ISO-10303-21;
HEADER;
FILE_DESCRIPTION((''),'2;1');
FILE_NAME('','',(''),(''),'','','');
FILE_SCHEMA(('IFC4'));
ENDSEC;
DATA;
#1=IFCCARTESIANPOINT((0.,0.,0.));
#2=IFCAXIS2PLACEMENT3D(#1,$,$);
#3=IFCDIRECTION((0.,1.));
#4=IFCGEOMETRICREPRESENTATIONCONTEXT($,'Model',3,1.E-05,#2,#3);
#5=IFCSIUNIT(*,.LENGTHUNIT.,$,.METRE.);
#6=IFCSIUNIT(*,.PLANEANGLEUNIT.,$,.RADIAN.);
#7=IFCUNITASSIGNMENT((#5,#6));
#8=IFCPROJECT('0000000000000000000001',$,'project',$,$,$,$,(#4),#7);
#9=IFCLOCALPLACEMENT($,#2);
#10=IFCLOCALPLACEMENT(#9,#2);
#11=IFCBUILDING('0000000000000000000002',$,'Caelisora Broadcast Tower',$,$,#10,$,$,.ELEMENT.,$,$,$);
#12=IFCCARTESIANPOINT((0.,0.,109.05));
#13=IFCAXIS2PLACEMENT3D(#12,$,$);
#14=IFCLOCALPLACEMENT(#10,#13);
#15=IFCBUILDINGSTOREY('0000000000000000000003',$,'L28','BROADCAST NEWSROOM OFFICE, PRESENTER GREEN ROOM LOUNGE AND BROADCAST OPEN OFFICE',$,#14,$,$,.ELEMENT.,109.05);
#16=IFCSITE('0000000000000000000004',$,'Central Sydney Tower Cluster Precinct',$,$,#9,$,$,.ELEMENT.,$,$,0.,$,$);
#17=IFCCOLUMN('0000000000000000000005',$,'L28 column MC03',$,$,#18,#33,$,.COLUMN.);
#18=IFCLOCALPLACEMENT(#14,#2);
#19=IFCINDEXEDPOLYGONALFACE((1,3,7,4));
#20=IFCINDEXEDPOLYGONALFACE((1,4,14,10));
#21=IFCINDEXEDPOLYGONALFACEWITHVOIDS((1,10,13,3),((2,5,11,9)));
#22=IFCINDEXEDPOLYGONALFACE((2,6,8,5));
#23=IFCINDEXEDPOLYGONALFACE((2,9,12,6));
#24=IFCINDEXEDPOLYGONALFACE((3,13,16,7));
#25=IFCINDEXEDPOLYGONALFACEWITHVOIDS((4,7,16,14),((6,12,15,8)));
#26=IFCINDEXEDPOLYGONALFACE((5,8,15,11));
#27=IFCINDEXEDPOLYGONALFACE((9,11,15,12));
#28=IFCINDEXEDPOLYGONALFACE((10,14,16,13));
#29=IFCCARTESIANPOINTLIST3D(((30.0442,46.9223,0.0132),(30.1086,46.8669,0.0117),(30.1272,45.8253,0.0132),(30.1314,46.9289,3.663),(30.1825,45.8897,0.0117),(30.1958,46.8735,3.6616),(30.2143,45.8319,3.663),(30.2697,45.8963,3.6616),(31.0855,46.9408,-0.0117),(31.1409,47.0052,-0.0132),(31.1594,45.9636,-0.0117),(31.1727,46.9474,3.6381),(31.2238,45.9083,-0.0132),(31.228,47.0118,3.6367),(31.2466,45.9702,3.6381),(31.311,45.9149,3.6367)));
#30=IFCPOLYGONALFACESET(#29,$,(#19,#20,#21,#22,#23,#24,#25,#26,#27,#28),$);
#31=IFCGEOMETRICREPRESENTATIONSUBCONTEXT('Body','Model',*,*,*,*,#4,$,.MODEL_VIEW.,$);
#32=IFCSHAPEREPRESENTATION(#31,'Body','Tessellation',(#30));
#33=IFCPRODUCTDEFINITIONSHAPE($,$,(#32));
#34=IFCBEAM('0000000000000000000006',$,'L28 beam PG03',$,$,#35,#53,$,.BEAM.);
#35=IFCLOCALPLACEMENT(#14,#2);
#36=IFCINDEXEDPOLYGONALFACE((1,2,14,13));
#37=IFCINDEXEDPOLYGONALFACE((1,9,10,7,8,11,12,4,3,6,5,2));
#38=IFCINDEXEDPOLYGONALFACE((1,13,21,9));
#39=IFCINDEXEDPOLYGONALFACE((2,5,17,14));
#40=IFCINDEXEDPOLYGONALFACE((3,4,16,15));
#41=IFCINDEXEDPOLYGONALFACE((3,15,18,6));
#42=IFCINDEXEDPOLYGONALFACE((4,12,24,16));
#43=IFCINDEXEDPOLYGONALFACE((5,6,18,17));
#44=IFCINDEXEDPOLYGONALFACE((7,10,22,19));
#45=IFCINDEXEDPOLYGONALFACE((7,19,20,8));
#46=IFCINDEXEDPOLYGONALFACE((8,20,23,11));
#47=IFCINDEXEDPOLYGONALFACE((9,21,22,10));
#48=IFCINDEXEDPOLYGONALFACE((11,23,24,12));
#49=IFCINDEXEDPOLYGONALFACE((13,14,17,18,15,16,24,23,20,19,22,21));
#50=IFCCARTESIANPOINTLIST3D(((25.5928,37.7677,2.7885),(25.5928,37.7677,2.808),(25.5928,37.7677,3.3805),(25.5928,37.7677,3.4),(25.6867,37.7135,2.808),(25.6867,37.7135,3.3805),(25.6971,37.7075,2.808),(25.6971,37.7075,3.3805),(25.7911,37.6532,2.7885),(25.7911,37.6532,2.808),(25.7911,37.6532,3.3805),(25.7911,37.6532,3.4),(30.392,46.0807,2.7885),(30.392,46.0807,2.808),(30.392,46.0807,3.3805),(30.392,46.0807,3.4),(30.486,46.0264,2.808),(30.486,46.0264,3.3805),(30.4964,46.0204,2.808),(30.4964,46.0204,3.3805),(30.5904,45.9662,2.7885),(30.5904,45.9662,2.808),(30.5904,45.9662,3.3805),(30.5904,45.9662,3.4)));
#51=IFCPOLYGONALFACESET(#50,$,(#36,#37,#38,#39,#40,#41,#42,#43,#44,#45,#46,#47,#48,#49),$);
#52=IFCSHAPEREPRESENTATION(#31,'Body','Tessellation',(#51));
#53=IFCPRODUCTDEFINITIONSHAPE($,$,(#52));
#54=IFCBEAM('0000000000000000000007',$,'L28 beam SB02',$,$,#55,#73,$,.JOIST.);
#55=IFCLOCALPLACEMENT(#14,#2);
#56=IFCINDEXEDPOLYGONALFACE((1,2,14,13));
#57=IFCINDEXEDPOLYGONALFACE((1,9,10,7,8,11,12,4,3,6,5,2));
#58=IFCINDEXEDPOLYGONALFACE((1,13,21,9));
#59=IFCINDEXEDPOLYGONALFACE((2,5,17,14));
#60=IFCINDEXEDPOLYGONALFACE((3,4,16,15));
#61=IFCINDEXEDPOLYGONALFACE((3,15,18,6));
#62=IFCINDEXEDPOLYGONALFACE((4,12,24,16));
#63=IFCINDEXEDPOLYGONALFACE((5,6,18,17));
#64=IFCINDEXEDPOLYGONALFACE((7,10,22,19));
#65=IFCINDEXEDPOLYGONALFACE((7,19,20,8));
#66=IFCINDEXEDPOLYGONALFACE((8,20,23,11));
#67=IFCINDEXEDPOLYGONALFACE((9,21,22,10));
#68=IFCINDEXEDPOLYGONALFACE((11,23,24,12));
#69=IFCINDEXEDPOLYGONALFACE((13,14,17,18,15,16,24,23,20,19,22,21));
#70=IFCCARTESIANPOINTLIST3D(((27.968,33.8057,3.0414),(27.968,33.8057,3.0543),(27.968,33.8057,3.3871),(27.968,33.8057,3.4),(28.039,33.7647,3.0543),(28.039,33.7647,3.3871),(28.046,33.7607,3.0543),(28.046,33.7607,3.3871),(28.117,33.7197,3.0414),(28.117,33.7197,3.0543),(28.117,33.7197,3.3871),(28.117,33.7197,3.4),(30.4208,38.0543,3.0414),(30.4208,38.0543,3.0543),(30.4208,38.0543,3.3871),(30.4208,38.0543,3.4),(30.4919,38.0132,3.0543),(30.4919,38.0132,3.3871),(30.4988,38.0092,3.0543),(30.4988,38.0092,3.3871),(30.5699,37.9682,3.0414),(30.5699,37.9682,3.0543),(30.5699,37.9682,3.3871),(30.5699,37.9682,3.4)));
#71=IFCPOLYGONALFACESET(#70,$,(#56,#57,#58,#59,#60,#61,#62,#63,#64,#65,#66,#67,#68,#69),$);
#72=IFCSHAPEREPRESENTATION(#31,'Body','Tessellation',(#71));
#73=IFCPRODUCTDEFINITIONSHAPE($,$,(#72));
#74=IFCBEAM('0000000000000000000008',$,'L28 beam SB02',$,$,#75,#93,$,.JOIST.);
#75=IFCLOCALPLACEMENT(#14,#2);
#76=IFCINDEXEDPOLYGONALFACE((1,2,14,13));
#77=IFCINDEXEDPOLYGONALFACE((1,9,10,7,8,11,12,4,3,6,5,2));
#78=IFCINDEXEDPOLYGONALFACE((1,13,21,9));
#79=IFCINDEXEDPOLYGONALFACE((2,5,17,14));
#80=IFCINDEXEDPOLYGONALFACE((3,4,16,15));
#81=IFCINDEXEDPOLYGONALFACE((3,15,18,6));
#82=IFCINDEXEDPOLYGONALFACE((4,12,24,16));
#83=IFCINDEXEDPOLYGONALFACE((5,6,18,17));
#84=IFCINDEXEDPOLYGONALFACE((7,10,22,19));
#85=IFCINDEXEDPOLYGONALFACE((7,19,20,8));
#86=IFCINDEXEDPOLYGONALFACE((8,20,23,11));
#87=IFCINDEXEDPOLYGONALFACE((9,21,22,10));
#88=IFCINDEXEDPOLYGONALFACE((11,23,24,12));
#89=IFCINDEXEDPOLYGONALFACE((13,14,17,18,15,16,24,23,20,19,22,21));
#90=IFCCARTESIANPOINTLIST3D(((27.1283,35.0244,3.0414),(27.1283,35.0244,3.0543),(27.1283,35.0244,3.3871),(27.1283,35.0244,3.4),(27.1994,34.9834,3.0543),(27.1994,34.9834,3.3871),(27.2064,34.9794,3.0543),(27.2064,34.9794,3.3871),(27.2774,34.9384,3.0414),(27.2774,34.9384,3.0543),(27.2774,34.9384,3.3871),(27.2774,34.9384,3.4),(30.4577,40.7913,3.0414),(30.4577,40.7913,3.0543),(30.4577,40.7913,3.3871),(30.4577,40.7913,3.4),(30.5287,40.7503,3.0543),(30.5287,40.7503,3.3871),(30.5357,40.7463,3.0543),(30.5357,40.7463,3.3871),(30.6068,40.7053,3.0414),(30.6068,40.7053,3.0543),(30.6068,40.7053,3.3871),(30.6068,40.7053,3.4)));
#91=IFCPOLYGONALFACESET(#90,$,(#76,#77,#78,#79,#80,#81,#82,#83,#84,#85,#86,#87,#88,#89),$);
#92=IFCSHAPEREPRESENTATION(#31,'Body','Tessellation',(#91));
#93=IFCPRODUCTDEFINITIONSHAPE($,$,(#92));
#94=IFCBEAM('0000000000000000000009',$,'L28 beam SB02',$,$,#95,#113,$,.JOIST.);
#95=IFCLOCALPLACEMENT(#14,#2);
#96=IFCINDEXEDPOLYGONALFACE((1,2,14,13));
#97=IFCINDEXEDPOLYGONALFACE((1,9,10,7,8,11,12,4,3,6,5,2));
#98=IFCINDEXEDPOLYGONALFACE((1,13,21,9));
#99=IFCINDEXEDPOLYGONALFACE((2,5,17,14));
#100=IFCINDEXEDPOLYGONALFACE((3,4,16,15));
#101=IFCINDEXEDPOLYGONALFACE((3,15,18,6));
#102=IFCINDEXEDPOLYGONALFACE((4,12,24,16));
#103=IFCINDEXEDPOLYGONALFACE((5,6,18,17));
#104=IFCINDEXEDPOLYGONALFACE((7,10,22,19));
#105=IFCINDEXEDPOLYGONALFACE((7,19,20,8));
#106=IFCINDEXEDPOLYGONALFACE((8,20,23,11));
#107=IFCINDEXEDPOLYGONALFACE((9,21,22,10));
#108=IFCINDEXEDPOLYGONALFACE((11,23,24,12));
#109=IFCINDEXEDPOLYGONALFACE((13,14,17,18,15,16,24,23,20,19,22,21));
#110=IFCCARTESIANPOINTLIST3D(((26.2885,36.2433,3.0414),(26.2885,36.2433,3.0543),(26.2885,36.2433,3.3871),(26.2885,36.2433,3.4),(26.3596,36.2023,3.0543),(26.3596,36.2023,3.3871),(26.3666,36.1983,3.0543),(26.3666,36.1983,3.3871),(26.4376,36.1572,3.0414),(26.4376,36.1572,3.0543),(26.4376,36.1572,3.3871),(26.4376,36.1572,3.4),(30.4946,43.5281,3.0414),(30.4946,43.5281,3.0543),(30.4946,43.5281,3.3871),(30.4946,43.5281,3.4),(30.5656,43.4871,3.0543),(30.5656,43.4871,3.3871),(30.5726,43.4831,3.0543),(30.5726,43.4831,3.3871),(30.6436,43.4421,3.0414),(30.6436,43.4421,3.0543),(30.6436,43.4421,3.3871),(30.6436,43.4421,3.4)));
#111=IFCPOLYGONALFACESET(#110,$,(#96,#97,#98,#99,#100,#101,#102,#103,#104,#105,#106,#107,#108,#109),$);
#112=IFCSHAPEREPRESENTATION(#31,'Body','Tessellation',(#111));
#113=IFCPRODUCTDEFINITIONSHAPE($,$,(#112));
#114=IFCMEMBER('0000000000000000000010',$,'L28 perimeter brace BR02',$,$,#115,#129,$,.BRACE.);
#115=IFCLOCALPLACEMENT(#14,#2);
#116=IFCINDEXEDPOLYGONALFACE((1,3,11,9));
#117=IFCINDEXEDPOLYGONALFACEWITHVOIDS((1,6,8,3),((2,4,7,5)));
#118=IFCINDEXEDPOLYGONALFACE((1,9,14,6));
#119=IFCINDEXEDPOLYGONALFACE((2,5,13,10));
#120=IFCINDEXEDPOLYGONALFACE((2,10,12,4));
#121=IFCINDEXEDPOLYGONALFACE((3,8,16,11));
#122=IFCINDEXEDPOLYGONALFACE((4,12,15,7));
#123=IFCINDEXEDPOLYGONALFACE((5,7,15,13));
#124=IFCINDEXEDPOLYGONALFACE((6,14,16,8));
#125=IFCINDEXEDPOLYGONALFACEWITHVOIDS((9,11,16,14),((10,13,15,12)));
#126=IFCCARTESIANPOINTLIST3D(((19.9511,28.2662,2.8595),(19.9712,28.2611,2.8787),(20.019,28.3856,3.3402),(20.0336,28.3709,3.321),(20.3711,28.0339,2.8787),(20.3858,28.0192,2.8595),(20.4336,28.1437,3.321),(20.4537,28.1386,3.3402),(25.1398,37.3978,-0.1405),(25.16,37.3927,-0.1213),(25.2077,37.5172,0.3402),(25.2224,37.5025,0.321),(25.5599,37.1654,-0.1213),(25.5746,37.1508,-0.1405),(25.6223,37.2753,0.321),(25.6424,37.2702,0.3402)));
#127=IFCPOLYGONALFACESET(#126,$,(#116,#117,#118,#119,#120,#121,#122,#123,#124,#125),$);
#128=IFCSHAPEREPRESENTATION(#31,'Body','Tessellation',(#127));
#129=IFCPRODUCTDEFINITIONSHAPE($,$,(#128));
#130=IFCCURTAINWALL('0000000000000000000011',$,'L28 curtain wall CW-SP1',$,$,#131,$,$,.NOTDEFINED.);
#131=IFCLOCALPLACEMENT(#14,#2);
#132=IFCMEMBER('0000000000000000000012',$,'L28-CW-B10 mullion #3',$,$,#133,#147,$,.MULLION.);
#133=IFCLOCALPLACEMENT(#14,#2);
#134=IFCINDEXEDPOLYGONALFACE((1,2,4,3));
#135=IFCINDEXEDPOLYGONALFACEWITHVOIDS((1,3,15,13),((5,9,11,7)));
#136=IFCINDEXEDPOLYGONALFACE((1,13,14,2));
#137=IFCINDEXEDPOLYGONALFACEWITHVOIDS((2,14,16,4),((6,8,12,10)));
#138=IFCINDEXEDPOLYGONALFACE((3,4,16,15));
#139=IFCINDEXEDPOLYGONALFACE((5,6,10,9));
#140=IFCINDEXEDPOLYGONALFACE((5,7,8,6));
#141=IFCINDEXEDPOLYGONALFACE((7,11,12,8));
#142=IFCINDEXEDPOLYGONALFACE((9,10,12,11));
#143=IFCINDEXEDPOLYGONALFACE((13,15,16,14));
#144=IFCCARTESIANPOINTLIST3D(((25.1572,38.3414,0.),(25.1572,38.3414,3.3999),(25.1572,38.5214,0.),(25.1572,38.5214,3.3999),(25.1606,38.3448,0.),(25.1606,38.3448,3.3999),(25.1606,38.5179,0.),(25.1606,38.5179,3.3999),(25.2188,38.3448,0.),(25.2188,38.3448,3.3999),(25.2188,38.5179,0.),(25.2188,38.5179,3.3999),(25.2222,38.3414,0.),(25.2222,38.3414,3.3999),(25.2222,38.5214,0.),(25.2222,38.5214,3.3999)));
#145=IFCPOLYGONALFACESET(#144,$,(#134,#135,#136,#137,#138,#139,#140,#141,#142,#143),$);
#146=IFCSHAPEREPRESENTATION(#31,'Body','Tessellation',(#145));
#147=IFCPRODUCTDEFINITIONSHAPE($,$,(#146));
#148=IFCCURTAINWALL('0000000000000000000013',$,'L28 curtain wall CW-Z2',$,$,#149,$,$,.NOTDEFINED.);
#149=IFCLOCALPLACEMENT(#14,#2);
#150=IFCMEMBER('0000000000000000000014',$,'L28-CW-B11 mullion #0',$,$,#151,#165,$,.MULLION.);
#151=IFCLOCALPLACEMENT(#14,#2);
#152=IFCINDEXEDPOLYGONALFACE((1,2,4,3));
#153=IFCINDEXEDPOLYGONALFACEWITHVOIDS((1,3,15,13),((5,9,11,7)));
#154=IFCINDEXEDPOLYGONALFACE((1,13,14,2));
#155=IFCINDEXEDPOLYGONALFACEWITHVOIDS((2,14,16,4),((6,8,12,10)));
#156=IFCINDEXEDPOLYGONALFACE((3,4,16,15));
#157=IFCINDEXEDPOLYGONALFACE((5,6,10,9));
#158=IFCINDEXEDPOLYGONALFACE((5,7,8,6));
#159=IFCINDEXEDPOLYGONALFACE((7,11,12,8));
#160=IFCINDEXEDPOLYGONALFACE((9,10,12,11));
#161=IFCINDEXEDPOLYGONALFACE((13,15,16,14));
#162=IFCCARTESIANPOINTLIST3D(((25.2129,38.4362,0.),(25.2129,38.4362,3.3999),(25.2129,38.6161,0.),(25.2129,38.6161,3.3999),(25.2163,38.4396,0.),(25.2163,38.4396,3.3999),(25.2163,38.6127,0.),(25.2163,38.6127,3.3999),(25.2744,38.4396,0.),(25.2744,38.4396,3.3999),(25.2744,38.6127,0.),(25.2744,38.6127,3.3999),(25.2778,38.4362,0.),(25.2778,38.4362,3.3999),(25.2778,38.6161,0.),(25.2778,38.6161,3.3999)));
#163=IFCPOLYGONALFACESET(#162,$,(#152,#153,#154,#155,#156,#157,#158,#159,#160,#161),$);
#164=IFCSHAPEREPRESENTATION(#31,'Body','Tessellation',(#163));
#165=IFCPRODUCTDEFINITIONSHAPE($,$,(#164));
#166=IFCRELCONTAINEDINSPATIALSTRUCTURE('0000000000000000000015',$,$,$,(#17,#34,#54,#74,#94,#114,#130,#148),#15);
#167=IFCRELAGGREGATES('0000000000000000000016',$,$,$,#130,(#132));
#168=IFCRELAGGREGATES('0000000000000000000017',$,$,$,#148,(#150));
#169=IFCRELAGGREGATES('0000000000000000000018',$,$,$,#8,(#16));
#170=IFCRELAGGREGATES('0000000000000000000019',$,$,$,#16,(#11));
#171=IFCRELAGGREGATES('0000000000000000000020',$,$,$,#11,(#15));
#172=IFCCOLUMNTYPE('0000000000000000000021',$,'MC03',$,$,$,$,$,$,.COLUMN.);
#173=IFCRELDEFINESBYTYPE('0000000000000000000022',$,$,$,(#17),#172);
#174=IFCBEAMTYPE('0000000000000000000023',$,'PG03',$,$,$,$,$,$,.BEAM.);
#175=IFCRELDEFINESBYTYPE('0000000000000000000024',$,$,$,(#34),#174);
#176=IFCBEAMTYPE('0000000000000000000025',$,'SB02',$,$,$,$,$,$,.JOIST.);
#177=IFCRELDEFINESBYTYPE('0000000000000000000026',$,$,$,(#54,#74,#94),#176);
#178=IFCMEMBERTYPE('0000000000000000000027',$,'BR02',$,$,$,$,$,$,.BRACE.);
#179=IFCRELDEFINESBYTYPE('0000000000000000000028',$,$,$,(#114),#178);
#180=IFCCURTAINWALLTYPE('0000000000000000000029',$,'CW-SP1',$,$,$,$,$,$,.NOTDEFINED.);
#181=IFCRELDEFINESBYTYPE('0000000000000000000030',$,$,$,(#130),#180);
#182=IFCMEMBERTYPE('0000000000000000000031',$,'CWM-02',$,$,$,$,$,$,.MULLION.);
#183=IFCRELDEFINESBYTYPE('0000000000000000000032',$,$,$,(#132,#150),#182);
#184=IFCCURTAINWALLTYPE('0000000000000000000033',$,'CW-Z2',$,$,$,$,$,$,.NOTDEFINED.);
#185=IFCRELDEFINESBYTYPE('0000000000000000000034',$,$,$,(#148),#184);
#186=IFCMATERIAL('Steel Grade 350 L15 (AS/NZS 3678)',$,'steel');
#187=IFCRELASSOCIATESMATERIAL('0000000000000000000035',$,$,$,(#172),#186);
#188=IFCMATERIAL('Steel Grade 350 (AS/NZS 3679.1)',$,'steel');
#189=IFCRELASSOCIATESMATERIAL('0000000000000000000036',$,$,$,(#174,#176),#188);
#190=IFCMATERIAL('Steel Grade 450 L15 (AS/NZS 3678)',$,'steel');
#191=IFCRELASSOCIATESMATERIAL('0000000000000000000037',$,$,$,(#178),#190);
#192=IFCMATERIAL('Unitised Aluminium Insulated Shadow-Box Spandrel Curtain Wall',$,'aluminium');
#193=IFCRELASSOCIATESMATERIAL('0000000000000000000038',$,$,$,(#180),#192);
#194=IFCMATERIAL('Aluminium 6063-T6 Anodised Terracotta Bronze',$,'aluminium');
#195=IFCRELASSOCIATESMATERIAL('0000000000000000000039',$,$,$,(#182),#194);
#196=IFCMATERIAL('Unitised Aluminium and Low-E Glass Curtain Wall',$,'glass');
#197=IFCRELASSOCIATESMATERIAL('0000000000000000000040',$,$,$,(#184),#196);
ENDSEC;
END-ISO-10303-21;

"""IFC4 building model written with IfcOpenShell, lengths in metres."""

from ifc_helpers import new_model, si_unit, direction, frame, origin, origin_2d, place, context, subcontext, project, spatial, hollow_rectangle, i_section, extrude, source, transform, mapped, material, material_profile, profile_set, type_object, type_shapes, element, aggregate, save


model = new_model("IFC4")

# Units and contexts
model_context = context("Model", 3, precision=1e-05, world=origin(), true_north=direction((0.0, 1.0)))
body_context = subcontext(model_context, "Body", "Model", "MODEL_VIEW")
ifc_project = project(units=[si_unit("LENGTHUNIT", "METRE"), si_unit("PLANEANGLEUNIT", "RADIAN")], contexts=[model_context])

# Site, building, storey
site_placement = place(None, origin())
site = spatial("IfcSite", under=ifc_project, at=site_placement, Name="Central Sydney Tower Cluster Precinct", CompositionType="ELEMENT", RefElevation=0.0)
building_placement = place(site_placement, origin())
building = spatial("IfcBuilding", under=site, at=building_placement, Name="Caelisora Broadcast Tower", CompositionType="ELEMENT")
storey_placement = place(building_placement, frame((0.0, 0.0, 109.05)))
storey = spatial("IfcBuildingStorey", under=building, at=storey_placement, Name="L28", Description="BROADCAST NEWSROOM OFFICE, PRESENTER GREEN ROOM LOUNGE AND BROADCAST OPEN OFFICE", CompositionType="ELEMENT", Elevation=109.05)

# Column
ifc_material_1 = material(Name="Steel Grade 350 L15 (AS/NZS 3678)", Category="steel")
ifc_material_profile_1 = material_profile(ifc_material_1, hollow_rectangle(XDim=1.1001, YDim=1.1001, WallThickness=0.0601, at=origin_2d()), Name="Steel Grade 350 L15 (AS/NZS 3678)")
ifc_profile_set_1 = profile_set([ifc_material_profile_1], Name="Steel Grade 350 L15 (AS/NZS 3678)")
column_type = type_object("IfcColumnType", Name="MC03", PredefinedType="COLUMN", material=ifc_profile_set_1)
shared_shape_1 = source(origin(), body_context, "Body", "SweptSolid", [
    extrude(hollow_rectangle(XDim=1.1001, YDim=1.1001, WallThickness=0.0601, at=origin_2d()), origin(), (0.0, 0.0, 1.0), 3.6509),
])
type_shapes(column_type, [shared_shape_1])
column_placement = place(storey_placement, frame((30.634, 46.4153, 0.0), z_axis=(0.023873, 0.001806, 0.999713), x_axis=(-0.075415, 0.997152, 0.0)))
element("IfcColumn", 1, at=column_placement, inside=storey, type_object=column_type, Name="L28 column MC03", PredefinedType="COLUMN", context=body_context, shape_type="MappedRepresentation", body=[
    mapped(shared_shape_1, transform((0.0, 0.0, 0.0), scale=1.0)),
])

# Beams
ifc_material_2 = material(Name="Steel Grade 350 (AS/NZS 3679.1)", Category="steel")
ifc_material_profile_2 = material_profile(ifc_material_2, i_section(OverallWidth=0.229, OverallDepth=0.6116, WebThickness=0.012, FlangeThickness=0.0195, at=origin_2d()), Name="Steel Grade 350 (AS/NZS 3679.1)")
ifc_profile_set_2 = profile_set([ifc_material_profile_2], Name="Steel Grade 350 (AS/NZS 3679.1)")
beam_type_1 = type_object("IfcBeamType", Name="PG03", PredefinedType="BEAM", material=ifc_profile_set_2)
shared_shape_2 = source(origin(), body_context, "Body", "SweptSolid", [
    extrude(i_section(OverallWidth=0.229, OverallDepth=0.6116, WebThickness=0.012, FlangeThickness=0.0195, at=origin_2d()), origin(), (0.0, 0.0, 1.0), 9.5989),
])
type_shapes(beam_type_1, [shared_shape_2])
beam_1_placement = place(storey_placement, frame((30.4912, 46.0234, 3.0942), z_axis=(-0.499985, -0.866034, 0.0), x_axis=(0.866034, -0.499985, 0.0)))
element("IfcBeam", 2, at=beam_1_placement, inside=storey, type_object=beam_type_1, Name="L28 beam PG03", PredefinedType="BEAM", context=body_context, shape_type="MappedRepresentation", body=[
    mapped(shared_shape_2, transform((0.0, 0.0, 0.0), scale=1.0)),
])
ifc_material_profile_3 = material_profile(ifc_material_2, i_section(OverallWidth=0.1721, OverallDepth=0.3586, WebThickness=0.0081, FlangeThickness=0.0129, at=origin_2d()), Name="Steel Grade 350 (AS/NZS 3679.1)")
ifc_profile_set_3 = profile_set([ifc_material_profile_3], Name="Steel Grade 350 (AS/NZS 3679.1)")
beam_type_2 = type_object("IfcBeamType", Name="SB02", PredefinedType="JOIST", material=ifc_profile_set_3)
shared_shape_3 = source(origin(), body_context, "Body", "SweptSolid", [
    extrude(i_section(OverallWidth=0.1721, OverallDepth=0.3586, WebThickness=0.0081, FlangeThickness=0.0129, at=origin_2d()), origin(), (0.0, 0.0, 1.0), 4.9058),
])
beam_2_placement = place(storey_placement, frame((30.4954, 38.0112, 3.2207), z_axis=(-0.499998, -0.866026, 0.0), x_axis=(0.866026, -0.499998, 0.0)))
element("IfcBeam", 3, at=beam_2_placement, inside=storey, type_object=beam_type_2, Name="L28 beam SB02", PredefinedType="JOIST", context=body_context, shape_type="MappedRepresentation", body=[
    mapped(shared_shape_3, transform((0.0, 0.0, 0.0), scale=1.0)),
])
shared_shape_4 = source(origin(), body_context, "Body", "SweptSolid", [
    extrude(i_section(OverallWidth=0.1721, OverallDepth=0.3586, WebThickness=0.0081, FlangeThickness=0.0129, at=origin_2d()), origin(), (0.0, 0.0, 1.0), 6.6589),
])
beam_3_placement = place(storey_placement, frame((30.5322, 40.7483, 3.2207), z_axis=(-0.499984, -0.866035, 0.0), x_axis=(0.866035, -0.499984, 0.0)))
element("IfcBeam", 4, at=beam_3_placement, inside=storey, type_object=beam_type_2, Name="L28 beam SB02", PredefinedType="JOIST", context=body_context, shape_type="MappedRepresentation", body=[
    mapped(shared_shape_4, transform((0.0, 0.0, 0.0), scale=1.0)),
])
shared_shape_5 = source(origin(), body_context, "Body", "SweptSolid", [
    extrude(i_section(OverallWidth=0.1721, OverallDepth=0.3586, WebThickness=0.0081, FlangeThickness=0.0129, at=origin_2d()), origin(), (0.0, 0.0, 1.0), 8.4119),
])
type_shapes(beam_type_2, [shared_shape_3, shared_shape_4, shared_shape_5])
beam_4_placement = place(storey_placement, frame((30.5691, 43.4851, 3.2207), z_axis=(-0.50001, -0.86602, 0.0), x_axis=(0.86602, -0.50001, 0.0)))
element("IfcBeam", 5, at=beam_4_placement, inside=storey, type_object=beam_type_2, Name="L28 beam SB02", PredefinedType="JOIST", context=body_context, shape_type="MappedRepresentation", body=[
    mapped(shared_shape_5, transform((0.0, 0.0, 0.0), scale=1.0)),
])

# Member
ifc_material_3 = material(Name="Steel Grade 450 L15 (AS/NZS 3678)", Category="steel")
ifc_material_profile_4 = material_profile(ifc_material_3, hollow_rectangle(XDim=0.5, YDim=0.5, WallThickness=0.02, at=origin_2d()), Name="Steel Grade 450 L15 (AS/NZS 3678)")
ifc_profile_set_4 = profile_set([ifc_material_profile_4], Name="Steel Grade 450 L15 (AS/NZS 3678)")
member_type_1 = type_object("IfcMemberType", Name="BR02", PredefinedType="BRACE", material=ifc_profile_set_4)
shared_shape_6 = source(origin(), body_context, "Body", "SweptSolid", [
    extrude(hollow_rectangle(XDim=0.5, YDim=0.5, WallThickness=0.02, at=origin_2d()), origin(), (0.0, 0.0, 1.0), 10.9229),
])
type_shapes(member_type_1, [shared_shape_6])
member_1_placement = place(storey_placement, frame((25.3911, 37.334, 0.0999), z_axis=(-0.475033, -0.836008, 0.274653), x_axis=(0.869444, -0.494032, 0.0)))
element("IfcMember", 6, at=member_1_placement, inside=storey, type_object=member_type_1, Name="L28 perimeter brace BR02", PredefinedType="BRACE", context=body_context, shape_type="MappedRepresentation", body=[
    mapped(shared_shape_6, transform((0.0, 0.0, 0.0), scale=1.0)),
])

# Curtain wall, member
ifc_material_4 = material(Name="Unitised Aluminium Insulated Shadow-Box Spandrel Curtain Wall", Category="aluminium")
curtain_wall_type_1 = type_object("IfcCurtainWallType", Name="CW-SP1", PredefinedType="NOTDEFINED", material=ifc_material_4)
curtain_wall_1_placement = place(storey_placement, origin())
curtain_wall_1 = element("IfcCurtainWall", 7, at=curtain_wall_1_placement, inside=storey, type_object=curtain_wall_type_1, Name="L28 curtain wall CW-SP1", PredefinedType="NOTDEFINED")
ifc_material_5 = material(Name="Aluminium 6063-T6 Anodised Terracotta Bronze", Category="aluminium")
ifc_material_profile_5 = material_profile(ifc_material_5, hollow_rectangle(XDim=0.0649, YDim=0.1799, WallThickness=0.0034, at=origin_2d()), Name="Aluminium 6063-T6 Anodised Terracotta Bronze")
ifc_profile_set_5 = profile_set([ifc_material_profile_5], Name="Aluminium 6063-T6 Anodised Terracotta Bronze")
member_type_2 = type_object("IfcMemberType", Name="CWM-02", PredefinedType="MULLION", material=ifc_profile_set_5)
shared_shape_7 = source(origin(), body_context, "Body", "SweptSolid", [
    extrude(hollow_rectangle(XDim=0.0649, YDim=0.1799, WallThickness=0.0034, at=origin_2d()), origin(), (0.0, 0.0, 1.0), 3.3999),
])
type_shapes(member_type_2, [shared_shape_7])
member_2_placement = place(storey_placement, frame((25.1897, 38.4314, 0.0), z_axis=(0.0, 0.0, 1.0), x_axis=(1.0, 0.0, 0.0)))
member_2 = element("IfcMember", 8, at=member_2_placement, type_object=member_type_2, Name="L28-CW-B10 mullion #3", PredefinedType="MULLION", context=body_context, shape_type="MappedRepresentation", body=[
    mapped(shared_shape_7, transform((0.0, 0.0, 0.0), scale=1.0)),
])
aggregate(curtain_wall_1, [member_2])

# Curtain wall, member
ifc_material_6 = material(Name="Unitised Aluminium and Low-E Glass Curtain Wall", Category="glass")
curtain_wall_type_2 = type_object("IfcCurtainWallType", Name="CW-Z2", PredefinedType="NOTDEFINED", material=ifc_material_6)
curtain_wall_2_placement = place(storey_placement, origin())
curtain_wall_2 = element("IfcCurtainWall", 9, at=curtain_wall_2_placement, inside=storey, type_object=curtain_wall_type_2, Name="L28 curtain wall CW-Z2", PredefinedType="NOTDEFINED")
member_3_placement = place(storey_placement, frame((25.2454, 38.5261, 0.0), z_axis=(0.0, 0.0, 1.0), x_axis=(1.0, 0.0, 0.0)))
member_3 = element("IfcMember", 10, at=member_3_placement, type_object=member_type_2, Name="L28-CW-B11 mullion #0", PredefinedType="MULLION", context=body_context, shape_type="MappedRepresentation", body=[
    mapped(shared_shape_7, transform((0.0, 0.0, 0.0), scale=1.0)),
])

aggregate(curtain_wall_2, [member_3])

save(model, "model.ifc")
